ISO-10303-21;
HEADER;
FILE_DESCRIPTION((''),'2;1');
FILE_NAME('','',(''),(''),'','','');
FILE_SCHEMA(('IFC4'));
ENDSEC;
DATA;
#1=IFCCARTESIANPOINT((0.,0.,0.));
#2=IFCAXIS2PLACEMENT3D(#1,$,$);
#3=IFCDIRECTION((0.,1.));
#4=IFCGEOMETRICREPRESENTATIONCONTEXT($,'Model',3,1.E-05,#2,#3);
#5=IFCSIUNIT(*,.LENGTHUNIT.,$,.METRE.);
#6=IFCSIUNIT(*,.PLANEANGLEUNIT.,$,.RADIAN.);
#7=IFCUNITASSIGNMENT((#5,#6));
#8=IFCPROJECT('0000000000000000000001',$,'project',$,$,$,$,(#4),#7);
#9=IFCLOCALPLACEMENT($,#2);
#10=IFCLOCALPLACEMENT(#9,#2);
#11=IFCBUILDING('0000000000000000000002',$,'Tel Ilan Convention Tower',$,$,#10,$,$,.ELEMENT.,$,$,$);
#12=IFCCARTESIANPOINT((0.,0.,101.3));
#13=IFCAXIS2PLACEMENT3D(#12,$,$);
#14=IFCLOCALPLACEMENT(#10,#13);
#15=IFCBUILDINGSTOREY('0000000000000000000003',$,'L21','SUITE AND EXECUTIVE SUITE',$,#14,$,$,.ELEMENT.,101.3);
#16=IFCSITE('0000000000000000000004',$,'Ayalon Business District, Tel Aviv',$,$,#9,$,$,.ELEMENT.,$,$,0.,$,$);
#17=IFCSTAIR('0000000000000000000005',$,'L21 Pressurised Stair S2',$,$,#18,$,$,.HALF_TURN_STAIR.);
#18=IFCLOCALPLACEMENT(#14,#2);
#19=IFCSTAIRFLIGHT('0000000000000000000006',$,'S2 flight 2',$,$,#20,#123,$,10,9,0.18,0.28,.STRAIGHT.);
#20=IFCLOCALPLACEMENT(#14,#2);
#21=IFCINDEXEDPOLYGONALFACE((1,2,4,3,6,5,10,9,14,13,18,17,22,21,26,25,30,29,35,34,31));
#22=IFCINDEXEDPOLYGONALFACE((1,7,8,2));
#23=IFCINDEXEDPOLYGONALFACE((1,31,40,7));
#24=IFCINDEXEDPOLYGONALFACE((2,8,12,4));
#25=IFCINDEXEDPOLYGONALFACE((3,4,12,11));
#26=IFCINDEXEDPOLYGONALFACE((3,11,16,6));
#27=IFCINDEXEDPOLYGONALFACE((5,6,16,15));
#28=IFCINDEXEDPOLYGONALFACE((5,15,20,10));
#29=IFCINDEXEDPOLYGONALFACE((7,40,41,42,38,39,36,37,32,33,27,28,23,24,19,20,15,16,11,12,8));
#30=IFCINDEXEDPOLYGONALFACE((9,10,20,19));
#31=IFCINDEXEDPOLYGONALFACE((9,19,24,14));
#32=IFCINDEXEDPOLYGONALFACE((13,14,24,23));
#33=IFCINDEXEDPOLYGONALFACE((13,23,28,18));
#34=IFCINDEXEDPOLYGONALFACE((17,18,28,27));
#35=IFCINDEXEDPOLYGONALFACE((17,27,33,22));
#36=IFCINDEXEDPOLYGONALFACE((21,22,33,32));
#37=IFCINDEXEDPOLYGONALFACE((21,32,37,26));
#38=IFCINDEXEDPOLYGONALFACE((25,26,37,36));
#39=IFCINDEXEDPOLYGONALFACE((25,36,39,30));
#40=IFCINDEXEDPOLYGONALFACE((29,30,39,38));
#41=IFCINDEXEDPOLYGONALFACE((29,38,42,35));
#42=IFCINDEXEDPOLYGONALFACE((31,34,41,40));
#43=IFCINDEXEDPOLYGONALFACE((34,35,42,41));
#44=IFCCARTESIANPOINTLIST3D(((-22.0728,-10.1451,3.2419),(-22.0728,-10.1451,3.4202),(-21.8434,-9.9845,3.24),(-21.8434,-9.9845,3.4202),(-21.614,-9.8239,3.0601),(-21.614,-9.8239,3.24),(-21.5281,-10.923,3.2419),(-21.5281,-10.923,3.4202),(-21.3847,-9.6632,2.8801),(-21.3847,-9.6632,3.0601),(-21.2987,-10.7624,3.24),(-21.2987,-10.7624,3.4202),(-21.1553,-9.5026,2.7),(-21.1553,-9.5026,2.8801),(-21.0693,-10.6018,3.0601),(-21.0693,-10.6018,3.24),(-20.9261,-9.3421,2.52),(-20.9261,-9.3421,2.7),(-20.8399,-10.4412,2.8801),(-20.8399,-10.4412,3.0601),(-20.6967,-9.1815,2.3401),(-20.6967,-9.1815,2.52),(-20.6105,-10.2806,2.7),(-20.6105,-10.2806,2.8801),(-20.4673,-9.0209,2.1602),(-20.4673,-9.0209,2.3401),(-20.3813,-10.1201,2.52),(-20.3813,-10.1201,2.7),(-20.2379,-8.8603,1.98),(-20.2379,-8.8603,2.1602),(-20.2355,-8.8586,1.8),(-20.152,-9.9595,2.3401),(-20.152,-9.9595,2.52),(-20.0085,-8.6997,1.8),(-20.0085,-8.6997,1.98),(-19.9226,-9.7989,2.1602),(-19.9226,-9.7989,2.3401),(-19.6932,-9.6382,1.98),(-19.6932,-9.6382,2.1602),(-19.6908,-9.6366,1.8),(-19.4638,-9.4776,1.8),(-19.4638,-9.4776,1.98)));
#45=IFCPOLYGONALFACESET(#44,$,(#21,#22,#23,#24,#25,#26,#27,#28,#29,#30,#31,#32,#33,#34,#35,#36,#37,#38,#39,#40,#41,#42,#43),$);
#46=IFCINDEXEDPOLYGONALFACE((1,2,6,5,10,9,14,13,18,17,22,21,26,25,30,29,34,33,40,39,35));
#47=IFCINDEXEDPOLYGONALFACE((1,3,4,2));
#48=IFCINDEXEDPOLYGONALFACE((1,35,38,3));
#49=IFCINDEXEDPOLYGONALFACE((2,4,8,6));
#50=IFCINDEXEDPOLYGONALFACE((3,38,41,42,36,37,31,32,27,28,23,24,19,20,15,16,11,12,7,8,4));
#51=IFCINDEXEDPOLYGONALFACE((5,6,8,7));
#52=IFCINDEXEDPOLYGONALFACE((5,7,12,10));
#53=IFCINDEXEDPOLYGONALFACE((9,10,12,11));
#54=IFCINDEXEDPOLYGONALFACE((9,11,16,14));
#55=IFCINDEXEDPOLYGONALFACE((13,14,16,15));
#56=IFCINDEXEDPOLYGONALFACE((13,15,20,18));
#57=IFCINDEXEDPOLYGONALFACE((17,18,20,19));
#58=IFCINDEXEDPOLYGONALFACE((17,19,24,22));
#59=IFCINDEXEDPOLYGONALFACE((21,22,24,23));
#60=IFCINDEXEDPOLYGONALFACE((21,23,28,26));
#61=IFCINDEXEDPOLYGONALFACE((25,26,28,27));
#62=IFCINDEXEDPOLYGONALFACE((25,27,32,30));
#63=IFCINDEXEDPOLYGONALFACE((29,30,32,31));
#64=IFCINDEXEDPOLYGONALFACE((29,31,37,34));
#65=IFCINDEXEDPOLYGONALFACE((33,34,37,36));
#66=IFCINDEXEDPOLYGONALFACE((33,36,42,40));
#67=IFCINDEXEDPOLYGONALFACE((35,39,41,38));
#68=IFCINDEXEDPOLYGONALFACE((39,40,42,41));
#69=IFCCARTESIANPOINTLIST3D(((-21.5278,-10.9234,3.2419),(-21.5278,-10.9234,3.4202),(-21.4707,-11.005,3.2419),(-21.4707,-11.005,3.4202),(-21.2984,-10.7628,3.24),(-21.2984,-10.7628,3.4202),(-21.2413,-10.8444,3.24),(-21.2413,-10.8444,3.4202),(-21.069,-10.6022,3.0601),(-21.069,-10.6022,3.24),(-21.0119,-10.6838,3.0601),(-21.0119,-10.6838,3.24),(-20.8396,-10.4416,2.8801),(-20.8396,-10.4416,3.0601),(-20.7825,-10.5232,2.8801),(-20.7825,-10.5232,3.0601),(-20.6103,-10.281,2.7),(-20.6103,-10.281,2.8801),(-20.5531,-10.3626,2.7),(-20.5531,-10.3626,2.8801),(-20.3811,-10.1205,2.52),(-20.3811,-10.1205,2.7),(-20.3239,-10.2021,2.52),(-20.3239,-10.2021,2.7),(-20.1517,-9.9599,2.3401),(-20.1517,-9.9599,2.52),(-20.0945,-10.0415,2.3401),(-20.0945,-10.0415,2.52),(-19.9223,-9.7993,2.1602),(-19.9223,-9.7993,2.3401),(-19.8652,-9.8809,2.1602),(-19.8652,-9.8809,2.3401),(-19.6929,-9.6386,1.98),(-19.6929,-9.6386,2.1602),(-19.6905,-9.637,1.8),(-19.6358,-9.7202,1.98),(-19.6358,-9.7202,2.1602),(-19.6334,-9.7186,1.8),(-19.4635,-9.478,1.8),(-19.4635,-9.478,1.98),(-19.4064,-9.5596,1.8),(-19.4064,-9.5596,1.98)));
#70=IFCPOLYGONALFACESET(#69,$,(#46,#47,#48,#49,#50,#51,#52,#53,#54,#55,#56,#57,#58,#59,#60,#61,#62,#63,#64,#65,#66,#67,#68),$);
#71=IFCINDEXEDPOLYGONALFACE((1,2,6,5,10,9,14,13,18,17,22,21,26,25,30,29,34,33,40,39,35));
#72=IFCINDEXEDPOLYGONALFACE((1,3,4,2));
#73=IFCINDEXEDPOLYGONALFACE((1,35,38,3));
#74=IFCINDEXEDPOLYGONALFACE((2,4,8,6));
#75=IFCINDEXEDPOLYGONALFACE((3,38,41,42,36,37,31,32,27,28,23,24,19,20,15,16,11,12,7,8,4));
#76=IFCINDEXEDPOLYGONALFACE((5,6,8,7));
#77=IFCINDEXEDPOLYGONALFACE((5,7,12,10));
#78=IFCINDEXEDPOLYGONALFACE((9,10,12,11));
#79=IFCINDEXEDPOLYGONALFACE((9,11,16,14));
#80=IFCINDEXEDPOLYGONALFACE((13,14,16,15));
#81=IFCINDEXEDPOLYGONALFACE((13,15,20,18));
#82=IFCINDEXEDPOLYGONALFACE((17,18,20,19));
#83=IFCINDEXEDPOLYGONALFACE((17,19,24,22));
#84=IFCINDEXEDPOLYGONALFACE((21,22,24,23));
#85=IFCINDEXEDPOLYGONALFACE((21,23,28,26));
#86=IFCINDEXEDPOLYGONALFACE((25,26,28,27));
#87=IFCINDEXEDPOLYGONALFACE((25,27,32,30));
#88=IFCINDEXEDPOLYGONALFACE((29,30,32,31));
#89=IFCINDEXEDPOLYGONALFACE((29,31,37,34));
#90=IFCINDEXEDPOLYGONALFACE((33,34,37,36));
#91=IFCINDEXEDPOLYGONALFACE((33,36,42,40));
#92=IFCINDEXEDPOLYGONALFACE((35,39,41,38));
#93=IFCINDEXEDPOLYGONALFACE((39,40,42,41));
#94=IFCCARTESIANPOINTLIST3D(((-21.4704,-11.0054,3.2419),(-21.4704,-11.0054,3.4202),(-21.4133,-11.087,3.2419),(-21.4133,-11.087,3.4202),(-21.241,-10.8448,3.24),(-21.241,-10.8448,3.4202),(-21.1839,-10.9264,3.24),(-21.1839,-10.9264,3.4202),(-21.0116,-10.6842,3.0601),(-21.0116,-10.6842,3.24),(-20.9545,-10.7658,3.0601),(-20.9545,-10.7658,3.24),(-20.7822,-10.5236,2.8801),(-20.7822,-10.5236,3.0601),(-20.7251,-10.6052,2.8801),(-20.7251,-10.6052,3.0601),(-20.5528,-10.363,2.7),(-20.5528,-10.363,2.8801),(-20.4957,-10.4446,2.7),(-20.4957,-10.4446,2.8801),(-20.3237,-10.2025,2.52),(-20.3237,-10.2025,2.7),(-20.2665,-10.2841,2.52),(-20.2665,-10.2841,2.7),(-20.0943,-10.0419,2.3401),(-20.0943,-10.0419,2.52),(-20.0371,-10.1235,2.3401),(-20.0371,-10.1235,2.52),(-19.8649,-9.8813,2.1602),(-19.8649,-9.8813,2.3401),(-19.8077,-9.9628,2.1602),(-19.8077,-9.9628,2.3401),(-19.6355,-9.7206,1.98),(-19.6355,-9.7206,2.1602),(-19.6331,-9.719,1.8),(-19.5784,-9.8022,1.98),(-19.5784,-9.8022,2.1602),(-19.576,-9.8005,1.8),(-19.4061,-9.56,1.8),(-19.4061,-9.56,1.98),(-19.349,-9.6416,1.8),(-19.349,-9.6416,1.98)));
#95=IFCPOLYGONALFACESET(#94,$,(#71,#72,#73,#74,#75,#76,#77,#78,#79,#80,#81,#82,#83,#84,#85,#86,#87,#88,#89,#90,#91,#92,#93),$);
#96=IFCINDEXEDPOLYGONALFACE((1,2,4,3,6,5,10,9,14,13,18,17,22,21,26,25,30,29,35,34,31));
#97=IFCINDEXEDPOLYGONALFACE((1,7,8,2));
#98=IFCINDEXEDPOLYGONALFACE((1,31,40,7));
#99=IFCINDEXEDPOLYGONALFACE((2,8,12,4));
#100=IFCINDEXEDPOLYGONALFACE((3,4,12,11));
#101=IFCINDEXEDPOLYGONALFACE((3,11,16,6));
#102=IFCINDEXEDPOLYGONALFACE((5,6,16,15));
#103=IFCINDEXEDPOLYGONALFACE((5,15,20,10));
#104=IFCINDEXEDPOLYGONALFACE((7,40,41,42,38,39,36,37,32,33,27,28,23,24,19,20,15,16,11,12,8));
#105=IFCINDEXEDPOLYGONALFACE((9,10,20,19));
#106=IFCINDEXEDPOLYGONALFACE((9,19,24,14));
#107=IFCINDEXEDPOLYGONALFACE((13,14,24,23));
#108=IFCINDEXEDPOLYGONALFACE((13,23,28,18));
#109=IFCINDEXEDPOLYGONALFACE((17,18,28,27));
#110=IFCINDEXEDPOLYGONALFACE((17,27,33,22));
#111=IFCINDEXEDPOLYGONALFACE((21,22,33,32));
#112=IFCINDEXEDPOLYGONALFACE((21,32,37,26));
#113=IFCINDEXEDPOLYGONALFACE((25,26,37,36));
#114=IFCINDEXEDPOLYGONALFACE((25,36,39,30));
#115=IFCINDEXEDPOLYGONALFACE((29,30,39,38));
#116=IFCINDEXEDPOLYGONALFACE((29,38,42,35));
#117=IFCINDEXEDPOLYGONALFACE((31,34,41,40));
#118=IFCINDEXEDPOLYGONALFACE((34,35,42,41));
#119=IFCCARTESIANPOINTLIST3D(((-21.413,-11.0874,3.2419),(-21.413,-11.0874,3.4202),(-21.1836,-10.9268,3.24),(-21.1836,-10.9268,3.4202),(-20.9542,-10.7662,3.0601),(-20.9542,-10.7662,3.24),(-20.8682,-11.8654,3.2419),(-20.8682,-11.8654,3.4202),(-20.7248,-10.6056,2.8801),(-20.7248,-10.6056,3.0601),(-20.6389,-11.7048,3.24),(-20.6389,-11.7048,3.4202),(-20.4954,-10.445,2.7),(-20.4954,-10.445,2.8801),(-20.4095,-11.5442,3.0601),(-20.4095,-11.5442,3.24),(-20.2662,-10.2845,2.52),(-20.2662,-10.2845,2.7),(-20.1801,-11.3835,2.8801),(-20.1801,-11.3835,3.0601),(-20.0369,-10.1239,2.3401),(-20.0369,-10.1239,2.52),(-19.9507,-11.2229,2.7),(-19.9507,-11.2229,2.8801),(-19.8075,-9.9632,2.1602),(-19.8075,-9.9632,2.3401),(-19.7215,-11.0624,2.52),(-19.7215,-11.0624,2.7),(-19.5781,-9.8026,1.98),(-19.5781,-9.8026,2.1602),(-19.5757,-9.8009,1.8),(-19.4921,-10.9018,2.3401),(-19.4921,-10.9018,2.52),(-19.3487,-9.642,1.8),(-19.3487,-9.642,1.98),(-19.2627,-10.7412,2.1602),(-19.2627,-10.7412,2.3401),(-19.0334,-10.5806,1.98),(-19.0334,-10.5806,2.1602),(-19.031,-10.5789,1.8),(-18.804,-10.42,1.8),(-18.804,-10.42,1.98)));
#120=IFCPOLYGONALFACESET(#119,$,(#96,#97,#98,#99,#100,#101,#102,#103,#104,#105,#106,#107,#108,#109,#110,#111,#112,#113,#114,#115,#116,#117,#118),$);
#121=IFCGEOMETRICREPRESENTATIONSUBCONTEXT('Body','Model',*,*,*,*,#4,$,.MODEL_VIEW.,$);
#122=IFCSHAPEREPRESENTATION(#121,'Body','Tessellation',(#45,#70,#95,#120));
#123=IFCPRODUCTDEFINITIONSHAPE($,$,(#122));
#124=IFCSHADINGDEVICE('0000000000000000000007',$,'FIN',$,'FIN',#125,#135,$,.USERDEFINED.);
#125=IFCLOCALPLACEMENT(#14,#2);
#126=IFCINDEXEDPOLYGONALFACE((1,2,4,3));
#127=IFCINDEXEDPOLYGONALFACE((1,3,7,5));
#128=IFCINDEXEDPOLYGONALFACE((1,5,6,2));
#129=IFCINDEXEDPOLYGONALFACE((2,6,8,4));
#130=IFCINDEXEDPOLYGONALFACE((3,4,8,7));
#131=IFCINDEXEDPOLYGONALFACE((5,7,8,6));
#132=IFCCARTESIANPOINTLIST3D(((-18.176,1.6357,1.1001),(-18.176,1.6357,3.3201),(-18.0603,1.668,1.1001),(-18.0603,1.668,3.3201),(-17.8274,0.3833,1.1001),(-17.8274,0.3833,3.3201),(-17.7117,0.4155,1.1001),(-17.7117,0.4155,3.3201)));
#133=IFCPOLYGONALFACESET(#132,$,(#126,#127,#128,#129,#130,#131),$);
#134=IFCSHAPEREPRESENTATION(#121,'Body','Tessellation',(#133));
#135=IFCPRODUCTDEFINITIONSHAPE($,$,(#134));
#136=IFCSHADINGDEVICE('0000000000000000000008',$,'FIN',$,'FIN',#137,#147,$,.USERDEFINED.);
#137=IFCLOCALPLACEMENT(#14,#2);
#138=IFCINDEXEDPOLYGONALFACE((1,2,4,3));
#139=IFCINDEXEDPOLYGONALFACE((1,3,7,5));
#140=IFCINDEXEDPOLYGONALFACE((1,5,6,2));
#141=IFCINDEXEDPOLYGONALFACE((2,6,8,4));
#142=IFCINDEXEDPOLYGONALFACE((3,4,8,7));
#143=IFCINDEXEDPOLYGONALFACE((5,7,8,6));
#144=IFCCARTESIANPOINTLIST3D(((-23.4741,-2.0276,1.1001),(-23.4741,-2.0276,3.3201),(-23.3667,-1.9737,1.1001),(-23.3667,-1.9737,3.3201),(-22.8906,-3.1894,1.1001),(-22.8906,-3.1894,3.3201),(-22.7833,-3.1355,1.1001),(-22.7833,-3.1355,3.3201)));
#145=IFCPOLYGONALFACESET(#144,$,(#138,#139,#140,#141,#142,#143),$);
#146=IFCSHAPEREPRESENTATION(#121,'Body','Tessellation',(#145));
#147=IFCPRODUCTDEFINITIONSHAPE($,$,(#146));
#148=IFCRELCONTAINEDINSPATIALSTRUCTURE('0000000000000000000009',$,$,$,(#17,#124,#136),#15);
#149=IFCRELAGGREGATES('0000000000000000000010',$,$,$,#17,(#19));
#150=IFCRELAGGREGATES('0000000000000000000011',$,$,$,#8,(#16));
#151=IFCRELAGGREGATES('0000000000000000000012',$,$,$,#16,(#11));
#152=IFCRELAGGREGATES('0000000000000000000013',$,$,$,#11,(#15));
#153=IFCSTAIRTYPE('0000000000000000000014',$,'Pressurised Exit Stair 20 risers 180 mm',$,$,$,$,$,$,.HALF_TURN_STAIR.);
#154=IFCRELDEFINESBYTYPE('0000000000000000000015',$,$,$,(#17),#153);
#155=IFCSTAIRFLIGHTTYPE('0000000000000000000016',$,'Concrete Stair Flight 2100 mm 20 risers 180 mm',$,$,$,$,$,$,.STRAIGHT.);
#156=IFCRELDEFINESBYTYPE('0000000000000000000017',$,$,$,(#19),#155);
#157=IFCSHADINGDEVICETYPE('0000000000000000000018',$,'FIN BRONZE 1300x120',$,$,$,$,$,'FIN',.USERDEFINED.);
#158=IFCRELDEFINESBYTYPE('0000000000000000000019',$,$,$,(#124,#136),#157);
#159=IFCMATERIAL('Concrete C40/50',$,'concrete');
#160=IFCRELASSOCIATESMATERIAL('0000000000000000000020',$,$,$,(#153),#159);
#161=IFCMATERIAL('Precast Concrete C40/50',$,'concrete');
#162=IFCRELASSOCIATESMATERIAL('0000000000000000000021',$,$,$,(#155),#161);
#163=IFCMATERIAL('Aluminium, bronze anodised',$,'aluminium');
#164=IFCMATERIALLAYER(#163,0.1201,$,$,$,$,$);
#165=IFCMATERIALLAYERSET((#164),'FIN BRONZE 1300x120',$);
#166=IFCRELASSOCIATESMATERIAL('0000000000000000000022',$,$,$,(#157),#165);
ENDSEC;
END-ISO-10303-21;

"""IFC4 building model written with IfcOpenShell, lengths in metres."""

from ifc_helpers import new_model, si_unit, direction, frame, origin, origin_2d, place, context, subcontext, project, spatial, polyline, rectangle, outline, extrude, material, layer, layer_set, type_object, element, aggregate, save


model = new_model("IFC4")

# Units and contexts
model_context = context("Model", 3, precision=1e-05, world=origin(), true_north=direction((0.0, 1.0)))
body_context = subcontext(model_context, "Body", "Model", "MODEL_VIEW")
ifc_project = project(units=[si_unit("LENGTHUNIT", "METRE"), si_unit("PLANEANGLEUNIT", "RADIAN")], contexts=[model_context])

# Site, building, storey
site_placement = place(None, origin())
site = spatial("IfcSite", under=ifc_project, at=site_placement, Name="Ayalon Business District, Tel Aviv", CompositionType="ELEMENT", RefElevation=0.0)
building_placement = place(site_placement, origin())
building = spatial("IfcBuilding", under=site, at=building_placement, Name="Tel Ilan Convention Tower", CompositionType="ELEMENT")
storey_placement = place(building_placement, frame((0.0, 0.0, 101.3)))
storey = spatial("IfcBuildingStorey", under=building, at=storey_placement, Name="L21", Description="SUITE AND EXECUTIVE SUITE", CompositionType="ELEMENT", Elevation=101.3)

# Stair, stair flight
ifc_material_1 = material(Name="Concrete C40/50", Category="concrete")
stair_type = type_object("IfcStairType", Name="Pressurised Exit Stair 20 risers 180 mm", PredefinedType="HALF_TURN_STAIR", material=ifc_material_1)
ifc_material_2 = material(Name="Precast Concrete C40/50", Category="concrete")
stair_flight_type = type_object("IfcStairFlightType", Name="Concrete Stair Flight 2100 mm 20 risers 180 mm", PredefinedType="STRAIGHT", material=ifc_material_2)
stair_1_placement = place(storey_placement, origin())
stair_1 = element("IfcStair", 1, at=stair_1_placement, inside=storey, type_object=stair_type, Name="L21 Pressurised Stair S2", PredefinedType="HALF_TURN_STAIR")
stair_flight_1_placement = place(storey_placement, frame((-19.4062, -9.5598, 1.8), z_axis=(0.0, 0.0, 1.0), x_axis=(-0.819152, -0.573576, 0.0)))
stair_flight_1 = element("IfcStairFlight", 2, at=stair_flight_1_placement, type_object=stair_flight_type, Name="S2 flight 2", NumberOfRisers=10, NumberOfTreads=9, PredefinedType="STRAIGHT", RiserHeight=0.18, TreadLength=0.28, context=body_context, shape_type="SweptSolid", body=[
    extrude(outline(polyline([(0.0, 0.0), (0.0, 0.1799), (0.28, 0.1799), (0.28, 0.3601), (0.5601, 0.3601), (0.5601, 0.54), (0.8401, 0.54), (0.8401, 0.72), (1.1201, 0.72), (1.1201, 0.8999), (1.3999, 0.8999), (1.3999, 1.0801), (1.6799, 1.0801), (1.6799, 1.26), (1.96, 1.26), (1.96, 1.4399), (2.24, 1.4399), (2.24, 1.6201), (2.52, 1.6201), (2.52, 1.8), (2.52, 1.4419), (0.2771, 0.0), (0.0, 0.0)])), frame((0.0, -0.1003, 0.0), z_axis=(0.0, -1.0, 0.0), x_axis=(1.0, 0.0, 0.0)), (0.0, 0.0, 1.0), 0.9497),
    extrude(outline(polyline([(0.0, 0.0), (0.0, 0.1799), (0.28, 0.1799), (0.28, 0.3601), (0.5601, 0.3601), (0.5601, 0.54), (0.8401, 0.54), (0.8401, 0.72), (1.1201, 0.72), (1.1201, 0.8999), (1.3999, 0.8999), (1.3999, 1.0801), (1.6799, 1.0801), (1.6799, 1.26), (1.96, 1.26), (1.96, 1.4399), (2.24, 1.4399), (2.24, 1.6201), (2.52, 1.6201), (2.52, 1.8), (2.52, 1.4419), (0.2771, 0.0), (0.0, 0.0)])), frame((0.0, -0.0002, 0.0), z_axis=(0.0, -1.0, 0.0), x_axis=(1.0, 0.0, 0.0)), (0.0, 0.0, 1.0), 0.0996),
    extrude(outline(polyline([(0.0, 0.0), (0.0, 0.1799), (0.28, 0.1799), (0.28, 0.3601), (0.5601, 0.3601), (0.5601, 0.54), (0.8401, 0.54), (0.8401, 0.72), (1.1201, 0.72), (1.1201, 0.8999), (1.3999, 0.8999), (1.3999, 1.0801), (1.6799, 1.0801), (1.6799, 1.26), (1.96, 1.26), (1.96, 1.4399), (2.24, 1.4399), (2.24, 1.6201), (2.52, 1.6201), (2.52, 1.8), (2.52, 1.4419), (0.2771, 0.0), (0.0, 0.0)])), frame((0.0, 0.0999, 0.0), z_axis=(0.0, -1.0, 0.0), x_axis=(1.0, 0.0, 0.0)), (0.0, 0.0, 1.0), 0.0996),
    extrude(outline(polyline([(0.0, 0.0), (0.0, 0.1799), (0.28, 0.1799), (0.28, 0.3601), (0.5601, 0.3601), (0.5601, 0.54), (0.8401, 0.54), (0.8401, 0.72), (1.1201, 0.72), (1.1201, 0.8999), (1.3999, 0.8999), (1.3999, 1.0801), (1.6799, 1.0801), (1.6799, 1.26), (1.96, 1.26), (1.96, 1.4399), (2.24, 1.4399), (2.24, 1.6201), (2.52, 1.6201), (2.52, 1.8), (2.52, 1.4419), (0.2771, 0.0), (0.0, 0.0)])), frame((0.0, 1.05, 0.0), z_axis=(0.0, -1.0, 0.0), x_axis=(1.0, 0.0, 0.0)), (0.0, 0.0, 1.0), 0.9497),
])
aggregate(stair_1, [stair_flight_1])

# Shading devices
ifc_material_3 = material(Name="Aluminium, bronze anodised", Category="aluminium")
ifc_layer_1 = layer(ifc_material_3, 0.1201)
ifc_layer_set_1 = layer_set([ifc_layer_1], Name="FIN BRONZE 1300x120")
shading_device_type = type_object("IfcShadingDeviceType", Name="FIN BRONZE 1300x120", ElementType="FIN", PredefinedType="USERDEFINED", material=ifc_layer_set_1)
for number, where, z_axis, x_axis, name in (
    (3, (-17.9438, 1.0256, 1.1001), (0.0, 0.0, 1.0), (-0.268173, 0.963371, 0.0), "FIN"),
    (4, (-23.1287, -2.5815, 1.1001), (0.0, 0.0, 1.0), (-0.448799, 0.893633, 0.0), "FIN"),
):
    element("IfcShadingDevice", number, at=place(storey_placement, frame(where, z_axis=z_axis, x_axis=x_axis)), inside=storey, type_object=shading_device_type, Name=name, ObjectType="FIN", PredefinedType="USERDEFINED", context=body_context, shape_type="SweptSolid", body=[
        extrude(rectangle(XDim=1.3, YDim=0.1201, at=origin_2d()), origin(), (0.0, 0.0, 1.0), 2.22),
    ])

save(model, "model.ifc")
